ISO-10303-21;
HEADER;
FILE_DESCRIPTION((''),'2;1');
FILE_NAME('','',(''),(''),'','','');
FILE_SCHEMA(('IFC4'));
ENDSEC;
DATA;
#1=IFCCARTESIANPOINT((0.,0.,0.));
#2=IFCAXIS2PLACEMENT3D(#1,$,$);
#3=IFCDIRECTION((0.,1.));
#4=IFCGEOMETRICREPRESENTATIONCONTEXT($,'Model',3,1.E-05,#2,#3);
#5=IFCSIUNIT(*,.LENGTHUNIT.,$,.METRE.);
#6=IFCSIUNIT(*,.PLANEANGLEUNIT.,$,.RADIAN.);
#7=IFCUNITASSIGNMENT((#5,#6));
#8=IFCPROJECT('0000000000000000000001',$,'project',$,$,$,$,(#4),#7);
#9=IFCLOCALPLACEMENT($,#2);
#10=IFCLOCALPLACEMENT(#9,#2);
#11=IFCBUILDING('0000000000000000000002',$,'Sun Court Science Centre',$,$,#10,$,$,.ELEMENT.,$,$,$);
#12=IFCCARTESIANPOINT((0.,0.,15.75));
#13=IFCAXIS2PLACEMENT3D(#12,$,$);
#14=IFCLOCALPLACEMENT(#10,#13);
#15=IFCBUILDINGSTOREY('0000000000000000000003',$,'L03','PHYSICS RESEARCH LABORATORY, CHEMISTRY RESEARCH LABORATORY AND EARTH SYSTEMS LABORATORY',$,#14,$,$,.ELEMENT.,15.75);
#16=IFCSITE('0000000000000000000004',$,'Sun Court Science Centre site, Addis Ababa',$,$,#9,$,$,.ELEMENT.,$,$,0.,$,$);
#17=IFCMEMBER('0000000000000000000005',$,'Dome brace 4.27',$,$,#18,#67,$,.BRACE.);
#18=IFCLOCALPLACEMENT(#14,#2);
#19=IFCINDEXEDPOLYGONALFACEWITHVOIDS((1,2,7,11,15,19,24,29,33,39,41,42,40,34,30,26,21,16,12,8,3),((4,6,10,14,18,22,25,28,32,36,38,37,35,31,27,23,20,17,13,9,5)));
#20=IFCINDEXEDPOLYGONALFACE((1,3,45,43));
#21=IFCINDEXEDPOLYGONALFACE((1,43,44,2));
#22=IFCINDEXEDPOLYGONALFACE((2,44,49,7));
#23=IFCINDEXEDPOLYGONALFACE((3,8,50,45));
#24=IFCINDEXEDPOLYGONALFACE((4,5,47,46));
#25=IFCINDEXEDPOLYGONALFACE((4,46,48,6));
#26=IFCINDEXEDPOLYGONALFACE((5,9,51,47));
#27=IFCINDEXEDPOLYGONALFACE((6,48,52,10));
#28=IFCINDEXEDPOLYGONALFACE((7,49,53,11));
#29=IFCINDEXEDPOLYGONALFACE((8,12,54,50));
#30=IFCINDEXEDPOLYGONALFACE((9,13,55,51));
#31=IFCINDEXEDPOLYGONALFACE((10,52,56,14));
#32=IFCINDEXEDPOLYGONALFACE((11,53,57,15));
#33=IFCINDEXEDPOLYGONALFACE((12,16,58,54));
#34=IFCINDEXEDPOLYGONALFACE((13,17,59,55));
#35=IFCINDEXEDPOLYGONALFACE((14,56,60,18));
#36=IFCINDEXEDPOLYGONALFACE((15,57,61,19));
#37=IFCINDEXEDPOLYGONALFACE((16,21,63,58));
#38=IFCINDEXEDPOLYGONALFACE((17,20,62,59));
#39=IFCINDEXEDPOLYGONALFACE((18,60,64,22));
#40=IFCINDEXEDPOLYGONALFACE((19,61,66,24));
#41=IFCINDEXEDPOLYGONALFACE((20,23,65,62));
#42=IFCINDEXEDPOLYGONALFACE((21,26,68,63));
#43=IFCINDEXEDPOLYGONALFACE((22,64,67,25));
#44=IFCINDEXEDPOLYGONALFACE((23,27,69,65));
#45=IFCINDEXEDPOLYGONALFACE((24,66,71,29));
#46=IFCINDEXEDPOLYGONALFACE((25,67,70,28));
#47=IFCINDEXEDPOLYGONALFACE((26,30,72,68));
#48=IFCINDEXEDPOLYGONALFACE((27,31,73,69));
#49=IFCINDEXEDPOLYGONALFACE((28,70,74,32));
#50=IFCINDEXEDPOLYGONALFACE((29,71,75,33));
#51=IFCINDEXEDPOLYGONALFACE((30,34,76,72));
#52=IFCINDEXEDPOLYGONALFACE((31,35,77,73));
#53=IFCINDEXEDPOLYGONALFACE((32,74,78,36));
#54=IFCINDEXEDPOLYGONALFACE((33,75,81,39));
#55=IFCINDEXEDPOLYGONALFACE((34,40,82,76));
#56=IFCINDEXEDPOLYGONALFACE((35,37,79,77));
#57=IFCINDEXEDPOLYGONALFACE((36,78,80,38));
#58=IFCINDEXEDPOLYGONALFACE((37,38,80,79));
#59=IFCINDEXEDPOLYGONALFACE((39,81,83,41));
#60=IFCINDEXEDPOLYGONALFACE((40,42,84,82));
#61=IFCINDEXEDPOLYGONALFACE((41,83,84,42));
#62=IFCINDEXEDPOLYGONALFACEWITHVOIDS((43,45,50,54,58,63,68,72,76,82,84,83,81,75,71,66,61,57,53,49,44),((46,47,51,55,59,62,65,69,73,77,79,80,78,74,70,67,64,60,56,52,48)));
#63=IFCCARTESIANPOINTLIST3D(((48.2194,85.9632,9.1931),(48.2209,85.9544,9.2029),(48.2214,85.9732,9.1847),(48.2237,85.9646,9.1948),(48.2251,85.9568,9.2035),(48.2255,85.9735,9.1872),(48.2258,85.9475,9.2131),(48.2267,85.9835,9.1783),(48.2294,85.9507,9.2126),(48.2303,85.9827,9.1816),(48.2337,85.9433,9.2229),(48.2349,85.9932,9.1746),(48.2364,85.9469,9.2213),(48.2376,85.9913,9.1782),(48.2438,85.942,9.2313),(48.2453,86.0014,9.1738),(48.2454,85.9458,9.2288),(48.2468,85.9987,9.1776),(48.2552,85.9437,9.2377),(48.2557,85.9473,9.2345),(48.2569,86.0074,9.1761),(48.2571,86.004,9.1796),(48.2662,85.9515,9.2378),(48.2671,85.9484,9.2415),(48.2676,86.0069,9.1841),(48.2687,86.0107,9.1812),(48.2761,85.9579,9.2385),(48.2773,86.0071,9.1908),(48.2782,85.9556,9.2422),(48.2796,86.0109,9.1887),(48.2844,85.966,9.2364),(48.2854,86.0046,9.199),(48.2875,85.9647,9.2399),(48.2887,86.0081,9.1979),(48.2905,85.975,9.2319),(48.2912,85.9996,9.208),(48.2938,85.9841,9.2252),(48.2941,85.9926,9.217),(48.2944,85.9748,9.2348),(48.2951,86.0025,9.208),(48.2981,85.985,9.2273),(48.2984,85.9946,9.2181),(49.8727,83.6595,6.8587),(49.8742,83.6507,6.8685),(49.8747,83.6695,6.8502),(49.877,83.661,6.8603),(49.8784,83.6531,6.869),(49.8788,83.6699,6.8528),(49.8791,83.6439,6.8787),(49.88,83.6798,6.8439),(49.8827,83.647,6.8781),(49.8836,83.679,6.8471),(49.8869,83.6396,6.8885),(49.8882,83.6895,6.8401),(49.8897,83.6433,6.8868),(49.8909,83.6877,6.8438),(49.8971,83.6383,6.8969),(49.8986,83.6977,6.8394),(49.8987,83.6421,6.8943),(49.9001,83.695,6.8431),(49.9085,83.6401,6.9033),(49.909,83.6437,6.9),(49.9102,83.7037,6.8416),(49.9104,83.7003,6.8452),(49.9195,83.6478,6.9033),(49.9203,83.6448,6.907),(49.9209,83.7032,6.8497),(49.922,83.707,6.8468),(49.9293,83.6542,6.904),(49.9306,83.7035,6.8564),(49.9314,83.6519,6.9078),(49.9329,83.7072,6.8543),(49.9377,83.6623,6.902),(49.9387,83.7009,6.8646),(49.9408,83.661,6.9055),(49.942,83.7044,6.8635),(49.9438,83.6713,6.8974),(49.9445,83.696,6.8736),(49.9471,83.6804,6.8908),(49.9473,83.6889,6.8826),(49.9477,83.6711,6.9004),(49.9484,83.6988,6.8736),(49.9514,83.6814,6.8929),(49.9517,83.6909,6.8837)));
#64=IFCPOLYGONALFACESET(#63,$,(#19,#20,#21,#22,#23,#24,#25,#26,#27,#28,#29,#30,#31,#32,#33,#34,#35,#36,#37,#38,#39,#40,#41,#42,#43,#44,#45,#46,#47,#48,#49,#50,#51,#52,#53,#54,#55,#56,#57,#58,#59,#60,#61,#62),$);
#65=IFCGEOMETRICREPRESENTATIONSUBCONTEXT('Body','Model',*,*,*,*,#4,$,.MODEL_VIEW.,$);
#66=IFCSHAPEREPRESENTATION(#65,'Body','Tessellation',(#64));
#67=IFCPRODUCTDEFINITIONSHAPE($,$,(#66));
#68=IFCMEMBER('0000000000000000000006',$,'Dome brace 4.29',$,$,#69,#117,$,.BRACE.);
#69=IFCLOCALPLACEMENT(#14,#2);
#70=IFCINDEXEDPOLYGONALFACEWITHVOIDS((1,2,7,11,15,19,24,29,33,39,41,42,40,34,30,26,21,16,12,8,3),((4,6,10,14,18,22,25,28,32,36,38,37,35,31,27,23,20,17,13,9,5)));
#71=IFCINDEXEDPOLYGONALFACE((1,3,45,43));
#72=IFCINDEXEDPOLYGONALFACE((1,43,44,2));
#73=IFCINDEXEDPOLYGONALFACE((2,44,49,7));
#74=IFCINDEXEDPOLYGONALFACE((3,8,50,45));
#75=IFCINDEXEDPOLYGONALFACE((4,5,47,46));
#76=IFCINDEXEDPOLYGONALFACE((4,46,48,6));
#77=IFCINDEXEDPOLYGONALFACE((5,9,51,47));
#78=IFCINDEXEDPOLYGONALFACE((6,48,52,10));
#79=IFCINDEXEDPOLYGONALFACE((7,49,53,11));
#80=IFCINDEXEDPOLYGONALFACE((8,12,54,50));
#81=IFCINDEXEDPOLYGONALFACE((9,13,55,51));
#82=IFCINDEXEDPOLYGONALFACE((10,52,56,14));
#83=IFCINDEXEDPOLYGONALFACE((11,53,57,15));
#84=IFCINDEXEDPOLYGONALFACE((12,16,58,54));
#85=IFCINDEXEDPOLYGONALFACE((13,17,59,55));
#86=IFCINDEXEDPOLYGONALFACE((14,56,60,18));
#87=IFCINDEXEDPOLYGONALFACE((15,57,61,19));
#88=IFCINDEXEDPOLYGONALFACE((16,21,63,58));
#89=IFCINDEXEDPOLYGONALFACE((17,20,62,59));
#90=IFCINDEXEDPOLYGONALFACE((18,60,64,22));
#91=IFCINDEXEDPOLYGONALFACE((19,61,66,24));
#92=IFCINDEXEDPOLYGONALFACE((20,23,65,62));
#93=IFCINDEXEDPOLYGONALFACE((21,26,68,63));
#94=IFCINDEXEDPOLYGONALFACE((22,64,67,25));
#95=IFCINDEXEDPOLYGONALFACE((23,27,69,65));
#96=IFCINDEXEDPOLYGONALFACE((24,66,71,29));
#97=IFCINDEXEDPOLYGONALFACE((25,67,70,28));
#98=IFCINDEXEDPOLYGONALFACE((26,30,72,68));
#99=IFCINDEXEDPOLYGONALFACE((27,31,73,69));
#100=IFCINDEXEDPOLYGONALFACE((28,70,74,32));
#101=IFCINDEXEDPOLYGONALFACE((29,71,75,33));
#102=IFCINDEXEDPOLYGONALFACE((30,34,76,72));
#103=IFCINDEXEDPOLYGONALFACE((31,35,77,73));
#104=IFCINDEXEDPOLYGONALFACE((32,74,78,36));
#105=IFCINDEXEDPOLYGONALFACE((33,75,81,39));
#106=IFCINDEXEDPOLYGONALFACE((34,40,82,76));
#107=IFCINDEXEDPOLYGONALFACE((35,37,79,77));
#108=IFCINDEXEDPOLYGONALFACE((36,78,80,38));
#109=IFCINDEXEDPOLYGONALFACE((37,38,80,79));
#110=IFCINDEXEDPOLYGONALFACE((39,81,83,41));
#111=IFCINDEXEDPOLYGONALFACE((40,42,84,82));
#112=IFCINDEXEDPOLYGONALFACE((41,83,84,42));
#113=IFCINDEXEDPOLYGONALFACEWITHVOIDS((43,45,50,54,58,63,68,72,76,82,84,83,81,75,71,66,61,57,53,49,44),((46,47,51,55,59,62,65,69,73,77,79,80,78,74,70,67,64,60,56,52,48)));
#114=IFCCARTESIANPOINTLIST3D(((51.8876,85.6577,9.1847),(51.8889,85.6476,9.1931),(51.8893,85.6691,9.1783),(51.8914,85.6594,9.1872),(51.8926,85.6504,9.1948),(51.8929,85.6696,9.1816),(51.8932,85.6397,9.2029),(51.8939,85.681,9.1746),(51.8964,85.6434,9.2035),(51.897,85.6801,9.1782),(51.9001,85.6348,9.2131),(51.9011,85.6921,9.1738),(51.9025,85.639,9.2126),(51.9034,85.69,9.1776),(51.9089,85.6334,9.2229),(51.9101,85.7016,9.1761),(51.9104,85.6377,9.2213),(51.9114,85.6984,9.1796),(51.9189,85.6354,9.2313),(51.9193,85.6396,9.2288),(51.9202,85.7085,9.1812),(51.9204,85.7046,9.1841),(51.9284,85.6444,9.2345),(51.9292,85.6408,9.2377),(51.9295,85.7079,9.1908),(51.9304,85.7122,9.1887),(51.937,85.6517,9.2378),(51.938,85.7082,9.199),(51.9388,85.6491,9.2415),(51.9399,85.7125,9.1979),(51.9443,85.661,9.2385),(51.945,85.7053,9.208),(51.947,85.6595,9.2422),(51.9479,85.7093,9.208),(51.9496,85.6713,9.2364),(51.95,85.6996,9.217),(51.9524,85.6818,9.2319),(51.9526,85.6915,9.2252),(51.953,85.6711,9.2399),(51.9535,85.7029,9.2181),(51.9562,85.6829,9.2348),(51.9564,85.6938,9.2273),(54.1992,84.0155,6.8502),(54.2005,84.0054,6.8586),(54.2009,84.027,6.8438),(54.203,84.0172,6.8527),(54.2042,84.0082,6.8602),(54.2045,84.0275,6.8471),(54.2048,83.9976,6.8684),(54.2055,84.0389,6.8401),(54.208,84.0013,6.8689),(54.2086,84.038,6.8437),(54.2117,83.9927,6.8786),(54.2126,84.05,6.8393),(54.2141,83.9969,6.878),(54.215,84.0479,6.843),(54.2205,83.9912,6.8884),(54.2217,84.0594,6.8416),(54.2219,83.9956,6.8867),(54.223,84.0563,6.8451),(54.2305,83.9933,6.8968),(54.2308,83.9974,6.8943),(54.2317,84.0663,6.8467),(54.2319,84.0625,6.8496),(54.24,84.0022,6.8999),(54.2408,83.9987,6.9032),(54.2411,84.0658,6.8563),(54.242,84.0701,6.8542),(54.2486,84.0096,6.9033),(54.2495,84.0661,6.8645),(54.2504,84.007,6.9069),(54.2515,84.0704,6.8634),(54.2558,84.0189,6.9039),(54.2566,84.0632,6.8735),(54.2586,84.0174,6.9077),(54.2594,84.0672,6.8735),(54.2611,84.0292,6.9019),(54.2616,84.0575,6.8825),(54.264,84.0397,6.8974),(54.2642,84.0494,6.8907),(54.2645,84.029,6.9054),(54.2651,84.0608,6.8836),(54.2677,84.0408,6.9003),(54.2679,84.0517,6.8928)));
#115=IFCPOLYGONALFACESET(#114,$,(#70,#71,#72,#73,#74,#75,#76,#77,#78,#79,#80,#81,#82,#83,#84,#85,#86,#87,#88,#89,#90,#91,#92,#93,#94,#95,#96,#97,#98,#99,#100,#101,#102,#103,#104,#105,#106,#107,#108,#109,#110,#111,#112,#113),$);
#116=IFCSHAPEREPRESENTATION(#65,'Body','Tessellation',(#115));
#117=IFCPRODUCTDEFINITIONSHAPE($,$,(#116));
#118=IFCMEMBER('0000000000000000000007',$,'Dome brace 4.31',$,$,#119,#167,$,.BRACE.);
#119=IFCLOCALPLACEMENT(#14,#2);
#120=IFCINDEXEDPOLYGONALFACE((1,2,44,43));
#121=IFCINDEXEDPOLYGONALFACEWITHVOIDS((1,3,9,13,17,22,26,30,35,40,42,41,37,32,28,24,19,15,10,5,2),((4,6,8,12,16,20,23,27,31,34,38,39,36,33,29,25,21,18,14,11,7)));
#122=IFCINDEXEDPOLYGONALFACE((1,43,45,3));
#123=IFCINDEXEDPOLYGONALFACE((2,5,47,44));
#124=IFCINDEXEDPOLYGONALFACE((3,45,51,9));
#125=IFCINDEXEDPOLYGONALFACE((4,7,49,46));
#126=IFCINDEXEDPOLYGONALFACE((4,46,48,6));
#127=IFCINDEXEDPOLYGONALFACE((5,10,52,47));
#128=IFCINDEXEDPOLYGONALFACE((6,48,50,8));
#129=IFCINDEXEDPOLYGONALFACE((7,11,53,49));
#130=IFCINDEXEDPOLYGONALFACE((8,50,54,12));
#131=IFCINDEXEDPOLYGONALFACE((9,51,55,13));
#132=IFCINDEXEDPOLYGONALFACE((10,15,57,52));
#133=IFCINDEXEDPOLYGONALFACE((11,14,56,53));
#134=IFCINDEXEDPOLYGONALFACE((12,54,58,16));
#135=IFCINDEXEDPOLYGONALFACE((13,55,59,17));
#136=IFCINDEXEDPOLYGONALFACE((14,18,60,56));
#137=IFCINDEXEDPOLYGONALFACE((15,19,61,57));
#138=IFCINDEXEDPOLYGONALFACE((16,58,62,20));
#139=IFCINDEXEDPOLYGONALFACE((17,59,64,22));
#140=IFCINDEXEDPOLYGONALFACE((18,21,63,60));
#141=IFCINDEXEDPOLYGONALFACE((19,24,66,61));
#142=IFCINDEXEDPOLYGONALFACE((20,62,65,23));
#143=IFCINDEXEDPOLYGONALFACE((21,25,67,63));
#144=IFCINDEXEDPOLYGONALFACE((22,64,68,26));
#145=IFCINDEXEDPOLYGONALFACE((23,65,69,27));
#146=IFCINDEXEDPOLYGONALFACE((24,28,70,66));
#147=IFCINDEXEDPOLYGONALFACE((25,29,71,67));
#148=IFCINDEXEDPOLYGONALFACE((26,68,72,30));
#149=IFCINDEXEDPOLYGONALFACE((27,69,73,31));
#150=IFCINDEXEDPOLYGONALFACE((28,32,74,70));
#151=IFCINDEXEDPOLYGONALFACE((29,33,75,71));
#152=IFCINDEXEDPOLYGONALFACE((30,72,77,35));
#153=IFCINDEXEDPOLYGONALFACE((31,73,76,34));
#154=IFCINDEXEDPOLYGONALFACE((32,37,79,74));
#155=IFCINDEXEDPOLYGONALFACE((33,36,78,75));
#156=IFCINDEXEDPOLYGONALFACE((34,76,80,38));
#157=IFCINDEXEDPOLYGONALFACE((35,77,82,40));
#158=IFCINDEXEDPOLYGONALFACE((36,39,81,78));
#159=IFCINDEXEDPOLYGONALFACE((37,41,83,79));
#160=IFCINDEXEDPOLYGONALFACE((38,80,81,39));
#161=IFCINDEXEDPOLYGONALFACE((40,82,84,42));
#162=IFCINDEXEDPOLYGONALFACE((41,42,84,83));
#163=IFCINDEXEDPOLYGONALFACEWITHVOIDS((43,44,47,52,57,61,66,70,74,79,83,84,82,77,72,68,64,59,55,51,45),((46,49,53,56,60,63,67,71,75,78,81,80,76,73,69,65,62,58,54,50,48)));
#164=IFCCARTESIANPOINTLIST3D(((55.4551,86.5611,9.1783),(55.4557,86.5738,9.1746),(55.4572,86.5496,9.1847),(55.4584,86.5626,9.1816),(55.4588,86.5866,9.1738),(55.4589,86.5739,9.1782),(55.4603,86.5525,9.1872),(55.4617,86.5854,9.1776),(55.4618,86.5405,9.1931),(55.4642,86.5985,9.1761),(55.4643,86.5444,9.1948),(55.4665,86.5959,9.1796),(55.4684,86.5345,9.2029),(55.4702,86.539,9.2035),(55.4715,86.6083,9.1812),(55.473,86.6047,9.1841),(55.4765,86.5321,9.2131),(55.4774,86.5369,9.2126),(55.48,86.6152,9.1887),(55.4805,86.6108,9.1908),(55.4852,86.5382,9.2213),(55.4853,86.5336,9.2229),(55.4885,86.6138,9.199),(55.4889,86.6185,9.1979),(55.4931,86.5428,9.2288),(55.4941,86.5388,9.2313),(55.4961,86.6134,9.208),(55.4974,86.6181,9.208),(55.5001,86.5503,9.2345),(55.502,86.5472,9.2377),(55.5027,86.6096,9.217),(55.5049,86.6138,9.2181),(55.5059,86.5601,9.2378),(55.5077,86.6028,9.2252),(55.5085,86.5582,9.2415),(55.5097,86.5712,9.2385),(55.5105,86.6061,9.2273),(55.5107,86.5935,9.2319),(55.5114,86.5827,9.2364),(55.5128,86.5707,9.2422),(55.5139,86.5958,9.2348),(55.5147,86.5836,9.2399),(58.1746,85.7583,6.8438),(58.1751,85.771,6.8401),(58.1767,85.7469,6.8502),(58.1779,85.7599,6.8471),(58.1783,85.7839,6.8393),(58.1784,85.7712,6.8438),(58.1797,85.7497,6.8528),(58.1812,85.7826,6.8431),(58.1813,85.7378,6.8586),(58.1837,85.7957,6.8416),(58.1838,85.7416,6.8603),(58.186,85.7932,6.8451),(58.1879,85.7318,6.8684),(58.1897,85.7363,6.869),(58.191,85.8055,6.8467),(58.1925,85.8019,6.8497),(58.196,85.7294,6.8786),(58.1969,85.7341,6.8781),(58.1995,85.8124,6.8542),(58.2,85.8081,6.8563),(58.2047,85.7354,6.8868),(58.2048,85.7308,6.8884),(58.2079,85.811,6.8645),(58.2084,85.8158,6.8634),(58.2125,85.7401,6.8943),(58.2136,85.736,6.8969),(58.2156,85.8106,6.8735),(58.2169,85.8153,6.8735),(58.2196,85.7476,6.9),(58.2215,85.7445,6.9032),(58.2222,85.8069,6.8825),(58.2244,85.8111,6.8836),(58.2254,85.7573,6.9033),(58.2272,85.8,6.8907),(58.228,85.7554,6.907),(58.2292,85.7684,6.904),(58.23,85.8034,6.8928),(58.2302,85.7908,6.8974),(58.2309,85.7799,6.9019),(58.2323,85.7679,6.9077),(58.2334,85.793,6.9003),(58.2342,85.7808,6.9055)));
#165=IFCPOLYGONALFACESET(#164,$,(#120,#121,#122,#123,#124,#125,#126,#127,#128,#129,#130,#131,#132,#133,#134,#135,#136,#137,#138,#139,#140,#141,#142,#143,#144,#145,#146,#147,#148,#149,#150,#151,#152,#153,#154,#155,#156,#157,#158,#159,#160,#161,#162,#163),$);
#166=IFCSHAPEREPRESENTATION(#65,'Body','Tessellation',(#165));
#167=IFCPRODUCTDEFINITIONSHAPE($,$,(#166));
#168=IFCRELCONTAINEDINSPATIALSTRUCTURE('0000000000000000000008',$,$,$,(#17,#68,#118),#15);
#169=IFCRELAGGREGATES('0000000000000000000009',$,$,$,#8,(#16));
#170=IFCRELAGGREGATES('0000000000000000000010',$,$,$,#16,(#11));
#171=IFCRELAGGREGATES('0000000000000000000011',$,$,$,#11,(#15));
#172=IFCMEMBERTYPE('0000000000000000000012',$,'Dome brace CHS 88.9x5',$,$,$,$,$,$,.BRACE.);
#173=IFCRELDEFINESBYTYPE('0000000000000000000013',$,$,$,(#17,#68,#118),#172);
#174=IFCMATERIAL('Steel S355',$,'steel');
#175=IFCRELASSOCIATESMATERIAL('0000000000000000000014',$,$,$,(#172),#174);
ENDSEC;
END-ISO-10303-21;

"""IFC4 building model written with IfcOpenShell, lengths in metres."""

from ifc_helpers import new_model, si_unit, direction, frame, origin, origin_2d, place, context, subcontext, project, spatial, hollow_circle, extrude, material, material_profile, profile_set, type_object, element, save


model = new_model("IFC4")

# Units and contexts
model_context = context("Model", 3, precision=1e-05, world=origin(), true_north=direction((0.0, 1.0)))
body_context = subcontext(model_context, "Body", "Model", "MODEL_VIEW")
ifc_project = project(units=[si_unit("LENGTHUNIT", "METRE"), si_unit("PLANEANGLEUNIT", "RADIAN")], contexts=[model_context])

# Site, building, storey
site_placement = place(None, origin())
site = spatial("IfcSite", under=ifc_project, at=site_placement, Name="Sun Court Science Centre site, Addis Ababa", CompositionType="ELEMENT", RefElevation=0.0)
building_placement = place(site_placement, origin())
building = spatial("IfcBuilding", under=site, at=building_placement, Name="Sun Court Science Centre", CompositionType="ELEMENT")
storey_placement = place(building_placement, frame((0.0, 0.0, 15.75)))
storey = spatial("IfcBuildingStorey", under=building, at=storey_placement, Name="L03", Description="PHYSICS RESEARCH LABORATORY, CHEMISTRY RESEARCH LABORATORY AND EARTH SYSTEMS LABORATORY", CompositionType="ELEMENT", Elevation=15.75)

# Members
ifc_material_1 = material(Name="Steel S355", Category="steel")
ifc_material_profile_1 = material_profile(ifc_material_1, hollow_circle(Radius=0.0444, WallThickness=0.0049, at=origin_2d()), Name="CHS 88.9x5")
ifc_profile_set_1 = profile_set([ifc_material_profile_1], Name="Steel S355")
member_type_1 = type_object("IfcMemberType", Name="Dome brace CHS 88.9x5", PredefinedType="BRACE", material=ifc_profile_set_1)
for number, where, z_axis, x_axis, name in (
    (1, (48.259, 85.9766, 9.208), (0.450138, -0.627216, -0.635591), (0.812428, 0.583061, 0.0), "Dome brace 4.27"),
    (2, (51.9221, 85.6731, 9.208), (0.629365, -0.447096, -0.635613), (0.579135, 0.815232, 0.0), "Dome brace 4.29"),
    (3, (55.4849, 86.5754, 9.208), (0.740431, -0.21856, -0.635605), (0.283103, 0.959089, 0.0), "Dome brace 4.31"),
):
    element("IfcMember", number, at=place(storey_placement, frame(where, z_axis=z_axis, x_axis=x_axis)), inside=storey, type_object=member_type_1, Name=name, PredefinedType="BRACE", context=body_context, shape_type="SweptSolid", body=[
        extrude(hollow_circle(Radius=0.0444, WallThickness=0.0049, at=origin_2d()), origin(), (0.0, 0.0, 1.0), 3.6729),
    ])

save(model, "model.ifc")
